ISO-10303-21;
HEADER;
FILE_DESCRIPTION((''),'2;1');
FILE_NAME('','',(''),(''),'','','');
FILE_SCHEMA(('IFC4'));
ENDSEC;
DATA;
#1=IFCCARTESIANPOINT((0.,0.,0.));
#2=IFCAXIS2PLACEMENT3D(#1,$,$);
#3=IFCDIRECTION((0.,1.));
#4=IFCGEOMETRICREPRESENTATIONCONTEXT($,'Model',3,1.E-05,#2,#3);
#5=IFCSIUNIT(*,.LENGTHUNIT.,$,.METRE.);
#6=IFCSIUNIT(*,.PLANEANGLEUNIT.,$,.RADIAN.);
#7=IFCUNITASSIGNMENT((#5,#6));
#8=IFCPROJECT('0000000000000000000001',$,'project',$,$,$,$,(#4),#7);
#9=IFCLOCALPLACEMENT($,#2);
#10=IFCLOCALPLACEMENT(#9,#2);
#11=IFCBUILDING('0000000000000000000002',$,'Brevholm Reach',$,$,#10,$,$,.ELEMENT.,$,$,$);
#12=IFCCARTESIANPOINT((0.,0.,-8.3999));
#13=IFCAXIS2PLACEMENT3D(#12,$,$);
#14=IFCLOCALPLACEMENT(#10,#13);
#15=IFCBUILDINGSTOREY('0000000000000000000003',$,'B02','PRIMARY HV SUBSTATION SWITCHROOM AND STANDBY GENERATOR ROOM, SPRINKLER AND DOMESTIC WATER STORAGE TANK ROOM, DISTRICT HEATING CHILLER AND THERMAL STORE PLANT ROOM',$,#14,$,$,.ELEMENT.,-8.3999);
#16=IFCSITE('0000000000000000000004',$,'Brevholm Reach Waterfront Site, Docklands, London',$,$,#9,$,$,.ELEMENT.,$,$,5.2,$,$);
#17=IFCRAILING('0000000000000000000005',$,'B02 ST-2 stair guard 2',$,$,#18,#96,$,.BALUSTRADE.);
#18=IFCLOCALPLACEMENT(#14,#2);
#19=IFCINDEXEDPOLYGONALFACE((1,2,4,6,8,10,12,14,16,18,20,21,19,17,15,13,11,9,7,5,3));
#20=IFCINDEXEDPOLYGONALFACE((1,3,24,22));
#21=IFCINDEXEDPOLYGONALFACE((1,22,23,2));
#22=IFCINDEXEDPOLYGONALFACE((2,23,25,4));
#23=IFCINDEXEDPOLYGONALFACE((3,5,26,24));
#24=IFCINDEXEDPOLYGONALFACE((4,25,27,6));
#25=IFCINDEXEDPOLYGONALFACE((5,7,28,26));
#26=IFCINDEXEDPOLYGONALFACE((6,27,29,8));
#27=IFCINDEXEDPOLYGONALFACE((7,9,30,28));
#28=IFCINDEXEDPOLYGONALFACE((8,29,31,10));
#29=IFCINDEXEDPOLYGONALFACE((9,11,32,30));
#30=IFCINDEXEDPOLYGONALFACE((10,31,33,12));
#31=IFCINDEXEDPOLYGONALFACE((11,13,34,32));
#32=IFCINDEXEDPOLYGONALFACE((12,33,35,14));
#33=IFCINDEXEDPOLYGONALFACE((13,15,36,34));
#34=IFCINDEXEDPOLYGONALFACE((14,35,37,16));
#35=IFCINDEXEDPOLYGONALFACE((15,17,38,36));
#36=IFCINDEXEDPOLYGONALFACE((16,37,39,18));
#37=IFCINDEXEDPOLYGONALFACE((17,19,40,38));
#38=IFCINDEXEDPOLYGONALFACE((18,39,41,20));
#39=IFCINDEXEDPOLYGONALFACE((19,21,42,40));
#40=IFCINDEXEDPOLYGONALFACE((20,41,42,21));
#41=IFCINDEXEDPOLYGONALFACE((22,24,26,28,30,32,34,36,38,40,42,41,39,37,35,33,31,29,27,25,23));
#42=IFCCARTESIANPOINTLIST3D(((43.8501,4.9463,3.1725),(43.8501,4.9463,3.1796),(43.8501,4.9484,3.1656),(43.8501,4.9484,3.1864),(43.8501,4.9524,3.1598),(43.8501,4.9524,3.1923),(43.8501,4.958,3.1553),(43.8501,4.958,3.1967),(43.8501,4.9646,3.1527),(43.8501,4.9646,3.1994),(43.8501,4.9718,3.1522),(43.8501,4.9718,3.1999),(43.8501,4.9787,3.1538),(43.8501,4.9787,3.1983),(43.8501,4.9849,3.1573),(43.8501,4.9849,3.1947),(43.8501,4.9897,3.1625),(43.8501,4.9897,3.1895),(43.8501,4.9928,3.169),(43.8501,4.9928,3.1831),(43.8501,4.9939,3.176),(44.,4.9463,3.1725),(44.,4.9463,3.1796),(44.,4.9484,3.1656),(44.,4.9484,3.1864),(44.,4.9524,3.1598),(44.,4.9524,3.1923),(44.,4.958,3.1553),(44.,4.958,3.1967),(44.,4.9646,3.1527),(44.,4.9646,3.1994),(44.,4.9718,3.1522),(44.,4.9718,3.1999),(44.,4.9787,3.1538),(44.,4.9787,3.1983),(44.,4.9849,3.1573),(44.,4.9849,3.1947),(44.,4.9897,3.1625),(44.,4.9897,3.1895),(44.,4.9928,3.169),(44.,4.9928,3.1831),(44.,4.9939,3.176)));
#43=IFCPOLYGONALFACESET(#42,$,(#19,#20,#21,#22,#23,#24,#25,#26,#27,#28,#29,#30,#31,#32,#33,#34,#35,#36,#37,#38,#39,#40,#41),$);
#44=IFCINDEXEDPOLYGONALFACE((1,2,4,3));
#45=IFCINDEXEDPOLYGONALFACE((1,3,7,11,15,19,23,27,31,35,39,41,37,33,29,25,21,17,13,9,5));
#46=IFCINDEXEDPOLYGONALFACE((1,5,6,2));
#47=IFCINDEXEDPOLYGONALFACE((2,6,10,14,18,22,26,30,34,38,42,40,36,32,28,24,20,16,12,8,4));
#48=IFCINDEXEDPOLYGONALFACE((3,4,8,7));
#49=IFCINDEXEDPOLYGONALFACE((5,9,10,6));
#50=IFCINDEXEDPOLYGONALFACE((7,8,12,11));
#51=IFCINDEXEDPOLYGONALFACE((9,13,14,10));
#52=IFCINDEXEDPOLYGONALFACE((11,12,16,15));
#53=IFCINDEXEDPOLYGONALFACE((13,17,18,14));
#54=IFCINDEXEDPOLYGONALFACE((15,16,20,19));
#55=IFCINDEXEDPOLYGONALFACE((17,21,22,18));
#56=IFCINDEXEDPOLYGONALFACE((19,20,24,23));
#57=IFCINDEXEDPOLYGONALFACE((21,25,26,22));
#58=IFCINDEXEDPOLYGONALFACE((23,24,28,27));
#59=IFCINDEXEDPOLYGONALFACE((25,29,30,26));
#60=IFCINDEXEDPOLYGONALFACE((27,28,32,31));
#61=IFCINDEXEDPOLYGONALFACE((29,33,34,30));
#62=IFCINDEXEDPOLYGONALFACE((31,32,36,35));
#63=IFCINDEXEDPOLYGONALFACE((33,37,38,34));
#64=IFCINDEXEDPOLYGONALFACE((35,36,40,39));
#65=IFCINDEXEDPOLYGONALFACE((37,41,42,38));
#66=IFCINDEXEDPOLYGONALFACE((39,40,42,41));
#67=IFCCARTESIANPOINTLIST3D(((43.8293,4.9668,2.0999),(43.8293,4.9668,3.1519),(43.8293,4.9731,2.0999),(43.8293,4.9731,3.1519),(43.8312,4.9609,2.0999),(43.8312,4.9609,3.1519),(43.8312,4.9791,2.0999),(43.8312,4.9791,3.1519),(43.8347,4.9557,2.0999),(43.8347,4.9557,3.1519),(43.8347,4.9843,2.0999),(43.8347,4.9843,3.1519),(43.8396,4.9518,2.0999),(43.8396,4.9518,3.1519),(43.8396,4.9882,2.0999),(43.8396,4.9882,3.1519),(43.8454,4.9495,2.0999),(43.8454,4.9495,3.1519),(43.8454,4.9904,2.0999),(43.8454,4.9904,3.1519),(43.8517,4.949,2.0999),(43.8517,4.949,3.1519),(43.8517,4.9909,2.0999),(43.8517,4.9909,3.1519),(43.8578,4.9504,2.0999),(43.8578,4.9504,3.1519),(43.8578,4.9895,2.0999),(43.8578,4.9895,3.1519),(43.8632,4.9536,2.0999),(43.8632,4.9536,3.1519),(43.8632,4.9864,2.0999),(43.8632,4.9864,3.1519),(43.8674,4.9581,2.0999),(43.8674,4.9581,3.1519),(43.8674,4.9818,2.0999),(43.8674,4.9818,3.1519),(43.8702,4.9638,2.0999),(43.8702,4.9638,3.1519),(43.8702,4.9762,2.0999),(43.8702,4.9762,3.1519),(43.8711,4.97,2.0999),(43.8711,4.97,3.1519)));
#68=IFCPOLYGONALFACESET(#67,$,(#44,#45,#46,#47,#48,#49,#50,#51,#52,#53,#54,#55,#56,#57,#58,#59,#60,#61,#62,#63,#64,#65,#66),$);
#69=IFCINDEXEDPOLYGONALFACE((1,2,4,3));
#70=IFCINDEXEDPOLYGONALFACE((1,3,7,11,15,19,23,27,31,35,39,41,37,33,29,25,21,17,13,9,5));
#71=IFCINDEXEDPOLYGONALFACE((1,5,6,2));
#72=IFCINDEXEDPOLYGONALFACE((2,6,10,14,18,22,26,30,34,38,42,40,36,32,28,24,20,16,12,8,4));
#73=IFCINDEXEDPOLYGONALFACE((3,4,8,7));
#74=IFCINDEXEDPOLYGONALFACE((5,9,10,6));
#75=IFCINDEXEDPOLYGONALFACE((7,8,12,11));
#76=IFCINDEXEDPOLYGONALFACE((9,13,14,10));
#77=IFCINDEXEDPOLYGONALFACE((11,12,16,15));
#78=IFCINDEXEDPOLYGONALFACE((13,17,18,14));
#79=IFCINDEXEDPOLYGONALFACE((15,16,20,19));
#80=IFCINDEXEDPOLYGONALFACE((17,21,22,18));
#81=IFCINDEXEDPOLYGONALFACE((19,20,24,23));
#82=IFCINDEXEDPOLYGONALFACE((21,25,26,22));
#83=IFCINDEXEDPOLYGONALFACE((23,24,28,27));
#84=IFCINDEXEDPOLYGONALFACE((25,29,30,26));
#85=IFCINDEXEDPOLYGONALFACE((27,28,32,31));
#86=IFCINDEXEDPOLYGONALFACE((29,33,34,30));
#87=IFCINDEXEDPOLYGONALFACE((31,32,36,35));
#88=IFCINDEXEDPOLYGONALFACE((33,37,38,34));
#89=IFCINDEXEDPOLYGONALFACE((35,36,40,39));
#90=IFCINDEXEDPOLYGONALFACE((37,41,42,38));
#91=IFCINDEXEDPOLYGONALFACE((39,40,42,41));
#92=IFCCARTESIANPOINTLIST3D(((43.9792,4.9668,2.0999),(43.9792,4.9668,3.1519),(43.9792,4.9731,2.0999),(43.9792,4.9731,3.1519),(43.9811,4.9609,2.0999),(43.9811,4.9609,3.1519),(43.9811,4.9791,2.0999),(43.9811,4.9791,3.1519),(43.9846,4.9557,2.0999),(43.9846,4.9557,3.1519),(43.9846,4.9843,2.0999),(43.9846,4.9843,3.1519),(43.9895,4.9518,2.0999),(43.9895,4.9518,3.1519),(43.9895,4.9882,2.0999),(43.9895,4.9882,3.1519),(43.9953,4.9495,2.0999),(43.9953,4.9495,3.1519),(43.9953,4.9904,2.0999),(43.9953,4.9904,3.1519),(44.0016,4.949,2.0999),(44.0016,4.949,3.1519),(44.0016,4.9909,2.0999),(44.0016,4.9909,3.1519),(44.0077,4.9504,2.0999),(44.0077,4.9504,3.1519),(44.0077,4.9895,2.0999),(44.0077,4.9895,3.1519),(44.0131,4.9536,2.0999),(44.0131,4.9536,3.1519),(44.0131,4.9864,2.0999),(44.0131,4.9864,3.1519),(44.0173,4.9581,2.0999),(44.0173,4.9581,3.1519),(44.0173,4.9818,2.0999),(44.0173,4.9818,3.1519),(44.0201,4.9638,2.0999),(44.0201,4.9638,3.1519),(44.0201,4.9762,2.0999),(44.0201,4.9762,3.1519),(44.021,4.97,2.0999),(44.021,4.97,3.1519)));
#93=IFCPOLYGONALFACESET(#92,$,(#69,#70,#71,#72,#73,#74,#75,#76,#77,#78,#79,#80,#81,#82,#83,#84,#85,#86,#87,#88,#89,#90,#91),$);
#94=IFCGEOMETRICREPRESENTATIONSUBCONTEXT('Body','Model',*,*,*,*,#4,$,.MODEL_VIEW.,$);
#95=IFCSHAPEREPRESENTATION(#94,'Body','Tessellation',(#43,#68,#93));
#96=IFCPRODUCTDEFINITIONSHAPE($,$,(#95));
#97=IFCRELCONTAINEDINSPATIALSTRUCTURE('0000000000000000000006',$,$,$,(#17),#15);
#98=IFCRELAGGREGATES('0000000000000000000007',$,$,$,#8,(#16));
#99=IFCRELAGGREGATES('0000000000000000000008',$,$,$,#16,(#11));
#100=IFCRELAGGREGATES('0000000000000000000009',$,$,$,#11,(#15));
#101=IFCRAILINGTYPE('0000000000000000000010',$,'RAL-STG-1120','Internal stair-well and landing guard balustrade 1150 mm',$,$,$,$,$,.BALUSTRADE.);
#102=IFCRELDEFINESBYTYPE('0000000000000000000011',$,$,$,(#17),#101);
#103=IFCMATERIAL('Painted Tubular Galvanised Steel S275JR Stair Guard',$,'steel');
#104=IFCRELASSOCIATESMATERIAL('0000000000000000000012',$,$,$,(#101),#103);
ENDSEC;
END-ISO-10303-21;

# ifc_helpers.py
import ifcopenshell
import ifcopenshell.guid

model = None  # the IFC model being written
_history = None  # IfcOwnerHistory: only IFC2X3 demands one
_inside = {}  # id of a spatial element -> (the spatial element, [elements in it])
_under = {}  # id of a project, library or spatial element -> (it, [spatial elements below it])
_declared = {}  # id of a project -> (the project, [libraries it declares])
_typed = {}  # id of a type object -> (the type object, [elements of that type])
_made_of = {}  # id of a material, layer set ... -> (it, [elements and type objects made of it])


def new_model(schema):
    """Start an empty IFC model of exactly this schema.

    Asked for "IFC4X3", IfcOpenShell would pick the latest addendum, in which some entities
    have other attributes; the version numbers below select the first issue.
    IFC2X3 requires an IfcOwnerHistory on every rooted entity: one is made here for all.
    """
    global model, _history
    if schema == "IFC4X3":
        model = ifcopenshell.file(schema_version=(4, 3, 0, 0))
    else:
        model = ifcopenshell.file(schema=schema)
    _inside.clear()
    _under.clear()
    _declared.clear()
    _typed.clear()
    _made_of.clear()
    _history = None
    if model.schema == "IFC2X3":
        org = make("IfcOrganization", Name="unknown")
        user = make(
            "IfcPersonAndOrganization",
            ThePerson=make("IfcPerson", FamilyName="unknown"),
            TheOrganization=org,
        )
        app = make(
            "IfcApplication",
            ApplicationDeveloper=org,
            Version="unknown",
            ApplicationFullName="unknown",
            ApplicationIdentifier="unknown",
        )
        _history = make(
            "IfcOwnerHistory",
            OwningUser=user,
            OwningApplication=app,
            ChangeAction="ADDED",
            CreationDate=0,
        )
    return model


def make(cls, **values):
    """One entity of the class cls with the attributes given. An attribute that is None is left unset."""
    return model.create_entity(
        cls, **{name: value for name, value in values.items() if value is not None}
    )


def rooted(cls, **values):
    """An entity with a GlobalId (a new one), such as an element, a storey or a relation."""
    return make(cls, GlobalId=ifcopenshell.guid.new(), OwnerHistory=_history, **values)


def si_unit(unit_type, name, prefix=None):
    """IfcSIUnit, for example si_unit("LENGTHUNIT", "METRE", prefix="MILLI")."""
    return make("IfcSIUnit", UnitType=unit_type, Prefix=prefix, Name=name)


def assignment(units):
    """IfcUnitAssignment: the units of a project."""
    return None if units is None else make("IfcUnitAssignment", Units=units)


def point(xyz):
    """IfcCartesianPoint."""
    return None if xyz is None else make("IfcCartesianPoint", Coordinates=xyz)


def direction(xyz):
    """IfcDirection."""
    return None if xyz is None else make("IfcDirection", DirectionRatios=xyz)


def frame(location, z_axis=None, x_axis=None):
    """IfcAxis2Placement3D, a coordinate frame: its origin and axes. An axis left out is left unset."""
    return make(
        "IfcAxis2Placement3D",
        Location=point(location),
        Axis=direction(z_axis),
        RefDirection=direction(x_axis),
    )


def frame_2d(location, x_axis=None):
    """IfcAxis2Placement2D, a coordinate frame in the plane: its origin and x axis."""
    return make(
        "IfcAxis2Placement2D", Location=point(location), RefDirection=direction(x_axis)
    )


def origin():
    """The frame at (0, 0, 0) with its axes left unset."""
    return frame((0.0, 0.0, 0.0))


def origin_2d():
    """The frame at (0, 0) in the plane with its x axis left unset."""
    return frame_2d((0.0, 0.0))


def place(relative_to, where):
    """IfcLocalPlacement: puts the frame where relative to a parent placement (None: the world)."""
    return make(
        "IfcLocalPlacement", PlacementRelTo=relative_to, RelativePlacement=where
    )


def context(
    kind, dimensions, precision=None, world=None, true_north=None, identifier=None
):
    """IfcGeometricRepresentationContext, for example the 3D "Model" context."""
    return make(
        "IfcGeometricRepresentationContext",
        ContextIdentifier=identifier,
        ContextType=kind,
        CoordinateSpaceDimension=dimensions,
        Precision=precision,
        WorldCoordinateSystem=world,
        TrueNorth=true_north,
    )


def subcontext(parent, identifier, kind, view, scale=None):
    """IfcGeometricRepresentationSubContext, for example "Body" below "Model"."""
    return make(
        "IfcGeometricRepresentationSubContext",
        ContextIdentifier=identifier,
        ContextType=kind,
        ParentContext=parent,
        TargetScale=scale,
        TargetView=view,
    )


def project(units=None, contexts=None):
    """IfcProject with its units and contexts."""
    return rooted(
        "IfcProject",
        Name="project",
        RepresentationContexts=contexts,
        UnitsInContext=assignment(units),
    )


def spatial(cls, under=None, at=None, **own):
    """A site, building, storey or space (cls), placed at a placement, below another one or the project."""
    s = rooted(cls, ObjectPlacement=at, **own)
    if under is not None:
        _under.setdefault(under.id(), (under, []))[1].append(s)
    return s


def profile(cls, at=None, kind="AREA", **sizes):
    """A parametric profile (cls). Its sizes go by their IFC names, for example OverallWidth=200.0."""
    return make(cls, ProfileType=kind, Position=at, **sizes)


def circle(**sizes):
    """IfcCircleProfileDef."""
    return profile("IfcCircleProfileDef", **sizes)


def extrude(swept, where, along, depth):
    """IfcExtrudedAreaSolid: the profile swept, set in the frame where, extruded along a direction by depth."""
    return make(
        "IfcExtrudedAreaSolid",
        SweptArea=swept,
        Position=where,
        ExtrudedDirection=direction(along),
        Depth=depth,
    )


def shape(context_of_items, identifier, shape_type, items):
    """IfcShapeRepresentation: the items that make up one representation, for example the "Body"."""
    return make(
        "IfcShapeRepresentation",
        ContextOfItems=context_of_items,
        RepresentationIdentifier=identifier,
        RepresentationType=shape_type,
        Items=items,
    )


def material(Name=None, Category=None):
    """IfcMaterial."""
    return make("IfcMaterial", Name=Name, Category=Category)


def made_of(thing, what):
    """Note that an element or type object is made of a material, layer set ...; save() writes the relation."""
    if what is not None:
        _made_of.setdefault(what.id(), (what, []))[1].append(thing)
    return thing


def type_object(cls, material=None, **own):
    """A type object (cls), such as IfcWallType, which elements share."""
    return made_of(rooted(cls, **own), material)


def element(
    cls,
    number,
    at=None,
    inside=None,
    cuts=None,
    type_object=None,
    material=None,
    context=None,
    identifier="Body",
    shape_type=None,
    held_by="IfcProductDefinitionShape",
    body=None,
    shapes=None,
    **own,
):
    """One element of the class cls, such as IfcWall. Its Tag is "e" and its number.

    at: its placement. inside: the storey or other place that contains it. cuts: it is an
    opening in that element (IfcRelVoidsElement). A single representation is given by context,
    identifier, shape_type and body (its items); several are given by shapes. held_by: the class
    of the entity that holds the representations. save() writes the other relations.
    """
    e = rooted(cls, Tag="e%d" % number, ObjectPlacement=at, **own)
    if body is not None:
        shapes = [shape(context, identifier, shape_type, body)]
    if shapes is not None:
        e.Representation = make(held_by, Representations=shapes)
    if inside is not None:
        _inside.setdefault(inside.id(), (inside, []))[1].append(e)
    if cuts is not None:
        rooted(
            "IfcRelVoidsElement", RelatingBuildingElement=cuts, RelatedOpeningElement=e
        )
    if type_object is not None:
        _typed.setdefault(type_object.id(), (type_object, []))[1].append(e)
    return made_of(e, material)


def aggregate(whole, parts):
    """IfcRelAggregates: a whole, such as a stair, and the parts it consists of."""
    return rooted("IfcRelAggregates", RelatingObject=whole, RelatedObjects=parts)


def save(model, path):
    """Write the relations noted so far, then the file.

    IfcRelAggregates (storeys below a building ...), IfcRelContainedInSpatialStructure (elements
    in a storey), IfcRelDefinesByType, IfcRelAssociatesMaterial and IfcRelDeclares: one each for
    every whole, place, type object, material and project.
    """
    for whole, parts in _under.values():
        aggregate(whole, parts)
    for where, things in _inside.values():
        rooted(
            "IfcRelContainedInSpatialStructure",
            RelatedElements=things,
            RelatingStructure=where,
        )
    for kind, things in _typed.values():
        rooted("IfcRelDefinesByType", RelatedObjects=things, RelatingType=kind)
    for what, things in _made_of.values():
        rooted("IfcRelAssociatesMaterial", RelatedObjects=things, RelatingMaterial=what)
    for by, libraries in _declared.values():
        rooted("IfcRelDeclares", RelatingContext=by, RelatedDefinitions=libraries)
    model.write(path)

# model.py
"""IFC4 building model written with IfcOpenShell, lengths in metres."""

from ifc_helpers import new_model, si_unit, direction, frame, origin, origin_2d, place, context, subcontext, project, spatial, circle, extrude, material, type_object, element, save


model = new_model("IFC4")

# Units and contexts
model_context = context("Model", 3, precision=1e-05, world=origin(), true_north=direction((0.0, 1.0)))
body_context = subcontext(model_context, "Body", "Model", "MODEL_VIEW")
ifc_project = project(units=[si_unit("LENGTHUNIT", "METRE"), si_unit("PLANEANGLEUNIT", "RADIAN")], contexts=[model_context])

# Site, building, storey
site_placement = place(None, origin())
site = spatial("IfcSite", under=ifc_project, at=site_placement, Name="Brevholm Reach Waterfront Site, Docklands, London", CompositionType="ELEMENT", RefElevation=5.2)
building_placement = place(site_placement, origin())
building = spatial("IfcBuilding", under=site, at=building_placement, Name="Brevholm Reach", CompositionType="ELEMENT")
storey_placement = place(building_placement, frame((0.0, 0.0, -8.3999)))
storey = spatial("IfcBuildingStorey", under=building, at=storey_placement, Name="B02", Description="PRIMARY HV SUBSTATION SWITCHROOM AND STANDBY GENERATOR ROOM, SPRINKLER AND DOMESTIC WATER STORAGE TANK ROOM, DISTRICT HEATING CHILLER AND THERMAL STORE PLANT ROOM", CompositionType="ELEMENT", Elevation=-8.3999)

# Railing
ifc_material_1 = material(Name="Painted Tubular Galvanised Steel S275JR Stair Guard", Category="steel")
railing_type_1 = type_object("IfcRailingType", Name="RAL-STG-1120", Description="Internal stair-well and landing guard balustrade 1150 mm", PredefinedType="BALUSTRADE", material=ifc_material_1)
railing_1_placement = place(storey_placement, frame((43.8501, 4.97, 2.0999)))
element("IfcRailing", 1, at=railing_1_placement, inside=storey, type_object=railing_type_1, Name="B02 ST-2 stair guard 2", PredefinedType="BALUSTRADE", context=body_context, shape_type="SweptSolid", body=[
    extrude(circle(Radius=0.0239, at=origin_2d()), frame((0.0, 0.0, 1.0762), z_axis=(1.0, 0.0, 0.0), x_axis=(0.0, 1.0, 0.0)), (0.0, 0.0, 1.0), 0.1499),
    extrude(circle(Radius=0.021, at=origin_2d()), origin(), (0.0, 0.0, 1.0), 1.052),
    extrude(circle(Radius=0.021, at=origin_2d()), frame((0.1499, 0.0, 0.0)), (0.0, 0.0, 1.0), 1.052),
])

save(model, "model.ifc")
